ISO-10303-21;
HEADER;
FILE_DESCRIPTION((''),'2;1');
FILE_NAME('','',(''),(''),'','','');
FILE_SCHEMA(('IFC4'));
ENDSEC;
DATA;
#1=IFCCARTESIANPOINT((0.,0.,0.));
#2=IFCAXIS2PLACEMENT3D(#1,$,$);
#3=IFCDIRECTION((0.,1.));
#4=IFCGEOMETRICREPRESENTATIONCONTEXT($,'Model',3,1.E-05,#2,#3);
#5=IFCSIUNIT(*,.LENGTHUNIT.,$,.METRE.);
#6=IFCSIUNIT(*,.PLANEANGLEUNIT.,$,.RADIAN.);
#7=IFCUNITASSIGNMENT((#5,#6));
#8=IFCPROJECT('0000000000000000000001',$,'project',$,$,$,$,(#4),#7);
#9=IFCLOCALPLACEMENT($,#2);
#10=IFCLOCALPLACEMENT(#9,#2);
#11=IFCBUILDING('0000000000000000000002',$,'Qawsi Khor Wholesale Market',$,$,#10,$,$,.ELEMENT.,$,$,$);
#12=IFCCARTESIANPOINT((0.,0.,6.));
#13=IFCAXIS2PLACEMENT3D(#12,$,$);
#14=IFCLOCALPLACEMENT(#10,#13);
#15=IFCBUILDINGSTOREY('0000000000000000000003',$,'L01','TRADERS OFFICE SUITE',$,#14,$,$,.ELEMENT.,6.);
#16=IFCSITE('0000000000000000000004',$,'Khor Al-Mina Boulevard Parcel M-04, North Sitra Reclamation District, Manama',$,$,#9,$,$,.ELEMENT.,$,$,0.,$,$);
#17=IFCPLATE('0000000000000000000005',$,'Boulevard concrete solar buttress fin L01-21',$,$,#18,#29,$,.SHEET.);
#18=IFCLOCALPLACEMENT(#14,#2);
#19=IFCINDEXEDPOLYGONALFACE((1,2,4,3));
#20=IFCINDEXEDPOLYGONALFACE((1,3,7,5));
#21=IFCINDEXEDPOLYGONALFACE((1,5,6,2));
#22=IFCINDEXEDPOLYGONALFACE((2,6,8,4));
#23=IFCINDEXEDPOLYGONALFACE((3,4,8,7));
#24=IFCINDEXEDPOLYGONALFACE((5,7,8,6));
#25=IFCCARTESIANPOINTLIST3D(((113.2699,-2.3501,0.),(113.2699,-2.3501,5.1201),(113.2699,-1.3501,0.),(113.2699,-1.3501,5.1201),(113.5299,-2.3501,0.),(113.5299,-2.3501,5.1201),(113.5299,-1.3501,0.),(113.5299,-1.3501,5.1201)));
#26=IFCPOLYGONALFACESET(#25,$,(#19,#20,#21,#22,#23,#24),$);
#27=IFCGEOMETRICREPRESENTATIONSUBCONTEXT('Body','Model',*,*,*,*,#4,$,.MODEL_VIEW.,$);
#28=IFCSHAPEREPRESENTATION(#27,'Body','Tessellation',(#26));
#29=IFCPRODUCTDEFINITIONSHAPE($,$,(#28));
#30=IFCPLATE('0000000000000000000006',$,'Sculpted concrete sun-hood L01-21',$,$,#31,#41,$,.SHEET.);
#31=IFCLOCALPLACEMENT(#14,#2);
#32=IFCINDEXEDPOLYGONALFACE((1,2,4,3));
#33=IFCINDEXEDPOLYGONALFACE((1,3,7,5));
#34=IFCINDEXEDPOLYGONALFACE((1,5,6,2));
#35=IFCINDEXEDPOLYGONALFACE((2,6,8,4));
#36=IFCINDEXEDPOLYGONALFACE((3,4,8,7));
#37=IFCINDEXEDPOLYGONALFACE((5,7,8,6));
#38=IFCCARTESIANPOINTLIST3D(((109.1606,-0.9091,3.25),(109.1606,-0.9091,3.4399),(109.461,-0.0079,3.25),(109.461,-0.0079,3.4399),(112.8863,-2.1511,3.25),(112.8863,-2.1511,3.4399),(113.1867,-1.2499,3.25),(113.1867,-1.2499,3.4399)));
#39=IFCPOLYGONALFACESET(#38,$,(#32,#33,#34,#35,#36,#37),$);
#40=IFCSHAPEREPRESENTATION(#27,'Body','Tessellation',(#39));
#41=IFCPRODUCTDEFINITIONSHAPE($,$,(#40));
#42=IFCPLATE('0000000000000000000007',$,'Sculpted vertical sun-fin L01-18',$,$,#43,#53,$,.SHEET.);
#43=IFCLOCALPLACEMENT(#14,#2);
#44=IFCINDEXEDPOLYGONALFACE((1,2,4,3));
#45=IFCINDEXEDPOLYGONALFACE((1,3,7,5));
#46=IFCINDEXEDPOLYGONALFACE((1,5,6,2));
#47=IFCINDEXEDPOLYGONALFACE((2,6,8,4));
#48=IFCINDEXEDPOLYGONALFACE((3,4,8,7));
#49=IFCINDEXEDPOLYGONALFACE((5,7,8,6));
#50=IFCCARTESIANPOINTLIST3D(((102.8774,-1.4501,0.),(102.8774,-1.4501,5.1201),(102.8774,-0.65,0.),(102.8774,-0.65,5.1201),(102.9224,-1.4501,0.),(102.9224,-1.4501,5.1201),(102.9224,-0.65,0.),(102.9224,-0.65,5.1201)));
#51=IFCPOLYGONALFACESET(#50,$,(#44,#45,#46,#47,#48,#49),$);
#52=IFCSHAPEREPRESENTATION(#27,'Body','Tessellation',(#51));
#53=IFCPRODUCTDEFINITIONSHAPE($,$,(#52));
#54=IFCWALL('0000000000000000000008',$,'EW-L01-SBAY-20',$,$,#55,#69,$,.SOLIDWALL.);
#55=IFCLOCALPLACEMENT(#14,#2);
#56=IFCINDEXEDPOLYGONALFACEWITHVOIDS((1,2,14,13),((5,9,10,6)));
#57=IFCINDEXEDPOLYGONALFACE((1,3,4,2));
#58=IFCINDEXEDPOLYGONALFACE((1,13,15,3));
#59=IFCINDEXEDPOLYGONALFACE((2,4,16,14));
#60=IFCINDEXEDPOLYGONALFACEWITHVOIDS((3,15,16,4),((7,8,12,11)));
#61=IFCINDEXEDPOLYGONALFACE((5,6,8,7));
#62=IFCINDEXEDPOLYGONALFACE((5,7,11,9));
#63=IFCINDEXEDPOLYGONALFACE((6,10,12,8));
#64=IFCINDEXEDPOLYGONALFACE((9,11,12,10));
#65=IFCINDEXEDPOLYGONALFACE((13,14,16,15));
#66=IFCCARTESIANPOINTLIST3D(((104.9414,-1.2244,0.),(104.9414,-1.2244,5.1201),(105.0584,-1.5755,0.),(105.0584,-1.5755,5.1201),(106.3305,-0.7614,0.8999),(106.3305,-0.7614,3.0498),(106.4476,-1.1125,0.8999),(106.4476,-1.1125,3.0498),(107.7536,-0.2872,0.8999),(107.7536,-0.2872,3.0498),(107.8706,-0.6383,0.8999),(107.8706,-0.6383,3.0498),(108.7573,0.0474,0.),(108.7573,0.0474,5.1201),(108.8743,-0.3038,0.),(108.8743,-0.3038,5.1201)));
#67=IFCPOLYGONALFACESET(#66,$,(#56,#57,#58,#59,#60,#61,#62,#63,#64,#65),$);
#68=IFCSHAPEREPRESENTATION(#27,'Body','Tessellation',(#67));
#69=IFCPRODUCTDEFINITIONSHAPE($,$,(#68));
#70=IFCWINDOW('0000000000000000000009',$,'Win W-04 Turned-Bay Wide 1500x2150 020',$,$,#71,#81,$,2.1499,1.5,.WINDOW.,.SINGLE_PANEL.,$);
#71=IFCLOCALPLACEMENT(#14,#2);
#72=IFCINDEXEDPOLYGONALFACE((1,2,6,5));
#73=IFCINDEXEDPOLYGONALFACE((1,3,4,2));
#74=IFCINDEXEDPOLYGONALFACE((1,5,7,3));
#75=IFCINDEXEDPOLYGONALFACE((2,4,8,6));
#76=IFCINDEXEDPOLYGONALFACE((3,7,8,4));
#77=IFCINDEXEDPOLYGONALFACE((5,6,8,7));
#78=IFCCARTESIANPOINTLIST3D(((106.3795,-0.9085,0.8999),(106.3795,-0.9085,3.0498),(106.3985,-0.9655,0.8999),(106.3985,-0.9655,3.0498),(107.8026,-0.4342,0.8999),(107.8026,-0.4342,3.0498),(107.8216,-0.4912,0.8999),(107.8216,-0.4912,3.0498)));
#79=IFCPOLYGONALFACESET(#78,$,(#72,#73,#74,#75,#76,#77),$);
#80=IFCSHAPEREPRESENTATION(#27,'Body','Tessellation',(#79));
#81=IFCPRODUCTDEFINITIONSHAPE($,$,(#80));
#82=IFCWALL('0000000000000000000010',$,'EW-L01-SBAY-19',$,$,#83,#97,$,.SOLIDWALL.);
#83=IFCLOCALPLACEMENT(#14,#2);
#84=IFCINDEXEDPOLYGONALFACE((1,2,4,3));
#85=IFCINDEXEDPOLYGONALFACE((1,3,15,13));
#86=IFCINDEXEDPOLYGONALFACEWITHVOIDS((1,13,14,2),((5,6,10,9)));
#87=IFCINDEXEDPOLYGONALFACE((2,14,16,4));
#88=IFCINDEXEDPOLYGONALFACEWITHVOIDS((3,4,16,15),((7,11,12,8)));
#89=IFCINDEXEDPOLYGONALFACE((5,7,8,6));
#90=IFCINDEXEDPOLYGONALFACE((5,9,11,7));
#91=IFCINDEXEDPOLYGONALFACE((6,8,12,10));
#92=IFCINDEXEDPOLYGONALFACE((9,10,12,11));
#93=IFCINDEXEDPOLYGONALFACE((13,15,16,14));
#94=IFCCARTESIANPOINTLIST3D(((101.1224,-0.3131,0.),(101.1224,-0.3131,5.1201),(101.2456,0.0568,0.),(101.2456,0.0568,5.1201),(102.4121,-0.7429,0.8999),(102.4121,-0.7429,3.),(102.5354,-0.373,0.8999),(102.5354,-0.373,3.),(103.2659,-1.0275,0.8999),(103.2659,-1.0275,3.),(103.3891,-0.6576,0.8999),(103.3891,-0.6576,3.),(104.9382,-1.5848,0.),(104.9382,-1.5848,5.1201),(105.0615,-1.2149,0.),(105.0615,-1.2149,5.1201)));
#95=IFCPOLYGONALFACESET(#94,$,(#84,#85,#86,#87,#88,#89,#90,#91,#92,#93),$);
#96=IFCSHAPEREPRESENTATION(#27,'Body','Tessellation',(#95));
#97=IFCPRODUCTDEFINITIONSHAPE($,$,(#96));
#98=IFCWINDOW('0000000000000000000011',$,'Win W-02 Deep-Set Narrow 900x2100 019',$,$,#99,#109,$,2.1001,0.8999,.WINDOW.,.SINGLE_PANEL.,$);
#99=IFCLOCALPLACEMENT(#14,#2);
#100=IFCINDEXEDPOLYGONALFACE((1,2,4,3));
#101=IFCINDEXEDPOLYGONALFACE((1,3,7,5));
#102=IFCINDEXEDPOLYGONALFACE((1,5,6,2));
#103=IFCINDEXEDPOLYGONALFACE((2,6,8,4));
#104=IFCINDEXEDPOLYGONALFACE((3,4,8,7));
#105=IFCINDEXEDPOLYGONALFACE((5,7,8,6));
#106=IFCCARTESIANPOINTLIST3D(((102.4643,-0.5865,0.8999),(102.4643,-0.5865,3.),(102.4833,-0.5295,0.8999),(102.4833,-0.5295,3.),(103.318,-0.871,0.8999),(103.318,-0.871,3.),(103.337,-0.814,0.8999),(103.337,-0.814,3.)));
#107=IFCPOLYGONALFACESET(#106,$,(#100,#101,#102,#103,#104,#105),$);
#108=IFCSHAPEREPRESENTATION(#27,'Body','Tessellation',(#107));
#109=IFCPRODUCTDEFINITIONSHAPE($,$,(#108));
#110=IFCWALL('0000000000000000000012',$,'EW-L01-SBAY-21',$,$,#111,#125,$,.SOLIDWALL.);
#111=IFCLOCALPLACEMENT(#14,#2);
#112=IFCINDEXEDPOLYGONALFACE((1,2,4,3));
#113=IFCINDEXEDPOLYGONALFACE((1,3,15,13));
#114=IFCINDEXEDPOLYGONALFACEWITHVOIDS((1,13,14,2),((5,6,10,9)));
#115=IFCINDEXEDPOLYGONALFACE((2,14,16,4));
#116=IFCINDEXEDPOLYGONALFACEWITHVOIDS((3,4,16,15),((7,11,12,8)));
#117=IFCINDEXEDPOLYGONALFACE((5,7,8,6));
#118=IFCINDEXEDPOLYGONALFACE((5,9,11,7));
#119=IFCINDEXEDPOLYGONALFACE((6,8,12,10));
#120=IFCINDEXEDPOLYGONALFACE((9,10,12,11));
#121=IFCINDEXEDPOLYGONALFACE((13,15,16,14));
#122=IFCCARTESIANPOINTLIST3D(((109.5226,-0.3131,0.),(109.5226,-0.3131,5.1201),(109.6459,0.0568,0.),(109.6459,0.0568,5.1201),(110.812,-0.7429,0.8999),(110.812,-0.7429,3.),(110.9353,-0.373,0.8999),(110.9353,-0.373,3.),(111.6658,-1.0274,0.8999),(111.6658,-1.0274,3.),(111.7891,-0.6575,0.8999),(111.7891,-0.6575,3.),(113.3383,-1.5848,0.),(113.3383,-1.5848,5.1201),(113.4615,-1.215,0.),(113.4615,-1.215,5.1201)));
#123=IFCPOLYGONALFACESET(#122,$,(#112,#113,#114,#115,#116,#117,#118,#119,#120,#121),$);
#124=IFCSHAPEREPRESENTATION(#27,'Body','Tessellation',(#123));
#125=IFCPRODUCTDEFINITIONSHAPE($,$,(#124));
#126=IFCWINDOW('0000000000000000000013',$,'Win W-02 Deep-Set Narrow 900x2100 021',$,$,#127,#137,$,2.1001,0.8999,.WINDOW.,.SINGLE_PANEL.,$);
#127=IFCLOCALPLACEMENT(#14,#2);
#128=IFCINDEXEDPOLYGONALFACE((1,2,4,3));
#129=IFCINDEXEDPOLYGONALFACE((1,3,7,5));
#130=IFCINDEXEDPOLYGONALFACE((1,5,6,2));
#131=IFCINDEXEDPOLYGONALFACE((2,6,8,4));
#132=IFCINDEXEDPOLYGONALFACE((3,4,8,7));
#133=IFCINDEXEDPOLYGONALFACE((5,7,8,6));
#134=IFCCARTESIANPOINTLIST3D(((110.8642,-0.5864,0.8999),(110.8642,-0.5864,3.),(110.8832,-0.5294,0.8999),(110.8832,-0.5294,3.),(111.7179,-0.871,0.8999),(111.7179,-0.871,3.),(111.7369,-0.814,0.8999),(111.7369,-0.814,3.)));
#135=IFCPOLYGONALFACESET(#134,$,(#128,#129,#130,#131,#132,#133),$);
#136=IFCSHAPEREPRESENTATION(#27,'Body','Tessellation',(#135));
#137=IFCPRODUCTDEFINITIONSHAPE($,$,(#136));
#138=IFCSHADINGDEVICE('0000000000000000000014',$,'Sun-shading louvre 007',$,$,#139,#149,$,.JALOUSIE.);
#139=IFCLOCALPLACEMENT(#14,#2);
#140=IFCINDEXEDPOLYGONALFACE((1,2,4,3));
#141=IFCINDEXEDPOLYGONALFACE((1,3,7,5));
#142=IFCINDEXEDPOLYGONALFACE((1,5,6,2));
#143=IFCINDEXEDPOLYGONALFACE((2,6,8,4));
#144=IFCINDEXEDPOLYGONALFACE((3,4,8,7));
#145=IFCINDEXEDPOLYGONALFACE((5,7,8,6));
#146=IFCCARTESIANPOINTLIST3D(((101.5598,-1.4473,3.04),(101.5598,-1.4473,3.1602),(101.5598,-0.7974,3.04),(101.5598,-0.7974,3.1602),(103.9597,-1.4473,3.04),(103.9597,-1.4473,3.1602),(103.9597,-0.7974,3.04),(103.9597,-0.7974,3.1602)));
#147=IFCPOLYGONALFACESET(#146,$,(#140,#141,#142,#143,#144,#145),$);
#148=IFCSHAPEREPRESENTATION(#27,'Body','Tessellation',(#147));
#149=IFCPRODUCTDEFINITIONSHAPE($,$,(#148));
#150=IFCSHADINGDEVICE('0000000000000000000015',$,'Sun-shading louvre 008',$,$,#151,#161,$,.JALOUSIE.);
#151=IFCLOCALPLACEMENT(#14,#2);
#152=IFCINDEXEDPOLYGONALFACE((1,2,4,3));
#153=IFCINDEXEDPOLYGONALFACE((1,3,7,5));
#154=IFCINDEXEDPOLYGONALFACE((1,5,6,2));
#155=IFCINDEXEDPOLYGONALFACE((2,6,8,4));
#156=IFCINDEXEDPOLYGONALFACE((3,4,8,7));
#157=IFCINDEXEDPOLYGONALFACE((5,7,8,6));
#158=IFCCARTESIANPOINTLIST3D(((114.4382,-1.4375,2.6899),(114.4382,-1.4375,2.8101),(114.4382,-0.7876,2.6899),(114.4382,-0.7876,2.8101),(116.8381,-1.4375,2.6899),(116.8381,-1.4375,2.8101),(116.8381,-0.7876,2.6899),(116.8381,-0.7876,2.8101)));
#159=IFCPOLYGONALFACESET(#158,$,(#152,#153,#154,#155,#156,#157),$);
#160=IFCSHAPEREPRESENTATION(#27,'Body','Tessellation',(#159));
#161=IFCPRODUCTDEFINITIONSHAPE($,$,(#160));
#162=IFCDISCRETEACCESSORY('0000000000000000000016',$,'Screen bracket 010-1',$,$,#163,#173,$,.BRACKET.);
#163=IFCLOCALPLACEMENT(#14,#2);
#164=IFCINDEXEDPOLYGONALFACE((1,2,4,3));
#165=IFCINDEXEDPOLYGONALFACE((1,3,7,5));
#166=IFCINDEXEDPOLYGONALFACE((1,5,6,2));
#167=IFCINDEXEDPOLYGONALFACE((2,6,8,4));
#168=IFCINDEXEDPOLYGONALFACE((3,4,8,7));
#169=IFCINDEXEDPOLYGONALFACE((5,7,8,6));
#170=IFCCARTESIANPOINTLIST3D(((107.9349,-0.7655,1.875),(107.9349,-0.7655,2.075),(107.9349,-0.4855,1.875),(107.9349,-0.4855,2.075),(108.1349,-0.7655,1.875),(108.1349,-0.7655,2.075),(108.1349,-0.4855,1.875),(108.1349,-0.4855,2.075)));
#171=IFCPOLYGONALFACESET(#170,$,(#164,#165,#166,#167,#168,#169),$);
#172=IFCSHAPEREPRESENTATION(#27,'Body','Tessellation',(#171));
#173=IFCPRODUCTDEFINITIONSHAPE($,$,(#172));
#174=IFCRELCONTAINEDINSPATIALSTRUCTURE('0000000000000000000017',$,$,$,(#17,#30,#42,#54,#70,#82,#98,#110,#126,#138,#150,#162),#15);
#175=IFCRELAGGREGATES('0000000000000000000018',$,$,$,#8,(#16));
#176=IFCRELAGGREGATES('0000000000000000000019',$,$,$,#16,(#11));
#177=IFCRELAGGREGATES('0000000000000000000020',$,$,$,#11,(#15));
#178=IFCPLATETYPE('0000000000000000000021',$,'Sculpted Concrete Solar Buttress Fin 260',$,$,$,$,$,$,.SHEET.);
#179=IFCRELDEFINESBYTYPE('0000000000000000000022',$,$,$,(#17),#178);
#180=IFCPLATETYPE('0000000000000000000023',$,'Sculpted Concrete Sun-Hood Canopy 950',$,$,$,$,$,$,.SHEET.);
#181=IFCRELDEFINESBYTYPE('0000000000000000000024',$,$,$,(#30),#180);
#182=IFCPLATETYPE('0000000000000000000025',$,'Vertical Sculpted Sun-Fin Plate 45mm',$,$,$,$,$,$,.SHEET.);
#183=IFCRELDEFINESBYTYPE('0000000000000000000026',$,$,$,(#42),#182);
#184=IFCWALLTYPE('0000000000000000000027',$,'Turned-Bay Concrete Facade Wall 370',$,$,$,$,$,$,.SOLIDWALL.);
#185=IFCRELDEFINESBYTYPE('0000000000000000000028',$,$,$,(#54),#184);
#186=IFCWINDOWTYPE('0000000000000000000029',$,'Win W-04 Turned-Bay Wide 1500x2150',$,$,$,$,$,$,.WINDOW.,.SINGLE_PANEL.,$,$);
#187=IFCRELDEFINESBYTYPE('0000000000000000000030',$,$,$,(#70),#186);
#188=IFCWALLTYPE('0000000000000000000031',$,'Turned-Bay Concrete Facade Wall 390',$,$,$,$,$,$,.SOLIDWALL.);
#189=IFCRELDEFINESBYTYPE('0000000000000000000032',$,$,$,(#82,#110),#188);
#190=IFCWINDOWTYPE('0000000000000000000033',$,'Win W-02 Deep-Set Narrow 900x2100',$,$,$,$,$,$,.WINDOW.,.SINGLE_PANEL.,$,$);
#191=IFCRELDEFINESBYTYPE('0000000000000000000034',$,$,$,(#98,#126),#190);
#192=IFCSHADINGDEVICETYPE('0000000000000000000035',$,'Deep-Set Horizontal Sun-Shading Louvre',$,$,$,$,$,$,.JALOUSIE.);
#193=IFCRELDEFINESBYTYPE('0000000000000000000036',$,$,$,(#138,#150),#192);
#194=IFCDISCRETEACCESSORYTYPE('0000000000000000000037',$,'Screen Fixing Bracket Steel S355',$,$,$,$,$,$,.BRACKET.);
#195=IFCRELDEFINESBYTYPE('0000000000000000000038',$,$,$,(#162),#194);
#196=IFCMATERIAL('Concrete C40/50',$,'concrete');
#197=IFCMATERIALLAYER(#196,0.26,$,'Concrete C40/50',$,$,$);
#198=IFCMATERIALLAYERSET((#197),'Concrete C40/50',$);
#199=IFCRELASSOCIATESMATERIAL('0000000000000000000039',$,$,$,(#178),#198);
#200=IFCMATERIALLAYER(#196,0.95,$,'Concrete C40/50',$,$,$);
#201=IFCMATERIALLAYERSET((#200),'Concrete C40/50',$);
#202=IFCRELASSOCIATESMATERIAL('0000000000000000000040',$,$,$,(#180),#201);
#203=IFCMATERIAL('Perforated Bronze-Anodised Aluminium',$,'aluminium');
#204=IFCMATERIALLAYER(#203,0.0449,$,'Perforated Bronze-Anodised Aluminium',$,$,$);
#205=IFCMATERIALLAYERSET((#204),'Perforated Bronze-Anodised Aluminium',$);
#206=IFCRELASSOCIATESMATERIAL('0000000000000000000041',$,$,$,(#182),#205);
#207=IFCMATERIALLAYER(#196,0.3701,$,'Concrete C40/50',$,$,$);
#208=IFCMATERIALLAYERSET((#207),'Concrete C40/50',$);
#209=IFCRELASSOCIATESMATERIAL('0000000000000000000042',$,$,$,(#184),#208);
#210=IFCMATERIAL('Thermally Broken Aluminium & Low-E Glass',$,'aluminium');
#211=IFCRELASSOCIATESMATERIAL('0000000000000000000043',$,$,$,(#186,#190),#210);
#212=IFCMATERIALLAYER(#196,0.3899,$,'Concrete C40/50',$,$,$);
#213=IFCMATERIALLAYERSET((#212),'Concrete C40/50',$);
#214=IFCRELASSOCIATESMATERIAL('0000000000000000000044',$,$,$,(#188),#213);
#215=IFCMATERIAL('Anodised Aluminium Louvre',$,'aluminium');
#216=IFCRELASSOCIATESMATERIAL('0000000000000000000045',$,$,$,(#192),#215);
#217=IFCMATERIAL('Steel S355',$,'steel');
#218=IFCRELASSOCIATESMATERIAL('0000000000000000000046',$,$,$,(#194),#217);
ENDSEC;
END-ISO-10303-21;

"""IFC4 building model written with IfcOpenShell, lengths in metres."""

from ifc_helpers import new_model, si_unit, direction, frame, frame_2d, origin, origin_2d, place, context, subcontext, project, spatial, rectangle, extrude, material, layer, layer_set, type_object, element, fill, save


model = new_model("IFC4")

# Units and contexts
model_context = context("Model", 3, precision=1e-05, world=origin(), true_north=direction((0.0, 1.0)))
body_context = subcontext(model_context, "Body", "Model", "MODEL_VIEW")
ifc_project = project(units=[si_unit("LENGTHUNIT", "METRE"), si_unit("PLANEANGLEUNIT", "RADIAN")], contexts=[model_context])

# Site, building, storey
site_placement = place(None, origin())
site = spatial("IfcSite", under=ifc_project, at=site_placement, Name="Khor Al-Mina Boulevard Parcel M-04, North Sitra Reclamation District, Manama", CompositionType="ELEMENT", RefElevation=0.0)
building_placement = place(site_placement, origin())
building = spatial("IfcBuilding", under=site, at=building_placement, Name="Qawsi Khor Wholesale Market", CompositionType="ELEMENT")
storey_placement = place(building_placement, frame((0.0, 0.0, 6.0)))
storey = spatial("IfcBuildingStorey", under=building, at=storey_placement, Name="L01", Description="TRADERS OFFICE SUITE", CompositionType="ELEMENT", Elevation=6.0)

# Shared definitions
ifc_material_1 = material(Name="Steel S355", Category="steel")

# Shared definitions
ifc_material_2 = material(Name="Concrete C40/50", Category="concrete")

# Plates
ifc_material_3 = material(Name="Perforated Bronze-Anodised Aluminium", Category="aluminium")
ifc_layer_1 = layer(ifc_material_2, 0.26, Name="Concrete C40/50")
ifc_layer_set_1 = layer_set([ifc_layer_1], Name="Concrete C40/50")
plate_type_1 = type_object("IfcPlateType", Name="Sculpted Concrete Solar Buttress Fin 260", PredefinedType="SHEET", material=ifc_layer_set_1)
plate_1_placement = place(storey_placement, frame((113.3999, -2.3501, 0.0), z_axis=(0.0, 0.0, 1.0), x_axis=(0.0, 1.0, 0.0)))
element("IfcPlate", 1, at=plate_1_placement, inside=storey, type_object=plate_type_1, Name="Boulevard concrete solar buttress fin L01-21", PredefinedType="SHEET", context=body_context, shape_type="SweptSolid", body=[
    extrude(rectangle(XDim=1.0, YDim=0.26, at=frame_2d((0.5, 0.0))), origin(), (0.0, 0.0, 1.0), 5.1201),
])
ifc_layer_2 = layer(ifc_material_2, 0.95, Name="Concrete C40/50")
ifc_layer_set_2 = layer_set([ifc_layer_2], Name="Concrete C40/50")
plate_type_2 = type_object("IfcPlateType", Name="Sculpted Concrete Sun-Hood Canopy 950", PredefinedType="SHEET", material=ifc_layer_set_2)
plate_2_placement = place(storey_placement, frame((109.3108, -0.4585, 3.25), z_axis=(0.0, 0.0, 1.0), x_axis=(0.948677, -0.316246, 0.0)))
element("IfcPlate", 2, at=plate_2_placement, inside=storey, type_object=plate_type_2, Name="Sculpted concrete sun-hood L01-21", PredefinedType="SHEET", context=body_context, shape_type="SweptSolid", body=[
    extrude(rectangle(XDim=3.9272, YDim=0.95, at=frame_2d((1.9636, 0.0))), origin(), (0.0, 0.0, 1.0), 0.1899),
])
ifc_layer_3 = layer(ifc_material_3, 0.0449, Name="Perforated Bronze-Anodised Aluminium")
ifc_layer_set_3 = layer_set([ifc_layer_3], Name="Perforated Bronze-Anodised Aluminium")
plate_type_3 = type_object("IfcPlateType", Name="Vertical Sculpted Sun-Fin Plate 45mm", PredefinedType="SHEET", material=ifc_layer_set_3)
plate_3_placement = place(storey_placement, frame((102.8999, -1.45, 0.0), z_axis=(0.0, 0.0, 1.0), x_axis=(0.0, 1.0, 0.0)))
element("IfcPlate", 3, at=plate_3_placement, inside=storey, type_object=plate_type_3, Name="Sculpted vertical sun-fin L01-18", PredefinedType="SHEET", context=body_context, shape_type="SweptSolid", body=[
    extrude(rectangle(XDim=0.8, YDim=0.0449, at=frame_2d((0.3999, 0.0))), origin(), (0.0, 0.0, 1.0), 5.1201),
])

# Walls, openings, windows
ifc_layer_4 = layer(ifc_material_2, 0.3701, Name="Concrete C40/50")
ifc_layer_set_4 = layer_set([ifc_layer_4], Name="Concrete C40/50")
wall_type_1 = type_object("IfcWallType", Name="Turned-Bay Concrete Facade Wall 370", PredefinedType="SOLIDWALL", material=ifc_layer_set_4)
wall_1_placement = place(storey_placement, frame((108.8159, -0.1282, 0.0), z_axis=(0.0, 0.0, 1.0), x_axis=(-0.948702, -0.316173, 0.0)))
wall_1 = element("IfcWall", 4, at=wall_1_placement, inside=storey, type_object=wall_type_1, Name="EW-L01-SBAY-20", PredefinedType="SOLIDWALL", context=body_context, shape_type="SweptSolid", body=[
    extrude(rectangle(XDim=4.0222, YDim=0.3701, at=frame_2d((2.0112, 0.0))), origin(), (0.0, 0.0, 1.0), 5.1201),
])
opening_1_placement = place(wall_1_placement, frame((1.0581, 0.0, 0.8999)))
opening_1 = element("IfcOpeningElement", 5, at=opening_1_placement, cuts=wall_1, PredefinedType="OPENING", context=body_context, shape_type="SweptSolid", body=[
    extrude(rectangle(XDim=1.5, YDim=2.1499, at=frame_2d((0.75, 1.075))), frame((0.0, 0.1951, 0.0), z_axis=(0.0, -1.0, 0.0), x_axis=(1.0, 0.0, 0.0)), (0.0, 0.0, 1.0), 0.3901),
])
ifc_material_4 = material(Name="Thermally Broken Aluminium & Low-E Glass", Category="aluminium")
window_type_1 = type_object("IfcWindowType", Name="Win W-04 Turned-Bay Wide 1500x2150", PartitioningType="SINGLE_PANEL", PredefinedType="WINDOW", material=ifc_material_4)
window_1_placement = place(opening_1_placement, origin())
window_1 = element("IfcWindow", 6, at=window_1_placement, inside=storey, type_object=window_type_1, Name="Win W-04 Turned-Bay Wide 1500x2150 020", OverallHeight=2.1499, OverallWidth=1.5, PartitioningType="SINGLE_PANEL", PredefinedType="WINDOW", context=body_context, shape_type="SweptSolid", body=[
    extrude(rectangle(XDim=1.5, YDim=2.1499, at=frame_2d((0.75, 1.075))), frame((0.0, 0.03, 0.0), z_axis=(0.0, -1.0, 0.0), x_axis=(1.0, 0.0, 0.0)), (0.0, 0.0, 1.0), 0.0601),
])
fill(opening_1, window_1)
ifc_layer_5 = layer(ifc_material_2, 0.3899, Name="Concrete C40/50")
ifc_layer_set_5 = layer_set([ifc_layer_5], Name="Concrete C40/50")
wall_type_2 = type_object("IfcWallType", Name="Turned-Bay Concrete Facade Wall 390", PredefinedType="SOLIDWALL", material=ifc_layer_set_5)
wall_2_placement = place(storey_placement, frame((105.0, -1.3999, 0.0), z_axis=(0.0, 0.0, 1.0), x_axis=(-0.948702, 0.316173, 0.0)))
wall_2 = element("IfcWall", 7, at=wall_2_placement, inside=storey, type_object=wall_type_2, Name="EW-L01-SBAY-19", PredefinedType="SOLIDWALL", context=body_context, shape_type="SweptSolid", body=[
    extrude(rectangle(XDim=4.0222, YDim=0.3899, at=frame_2d((2.0112, 0.0))), origin(), (0.0, 0.0, 1.0), 5.1201),
])
opening_2_placement = place(wall_2_placement, frame((1.7629, 0.0, 0.8999)))
opening_2 = element("IfcOpeningElement", 8, at=opening_2_placement, cuts=wall_2, PredefinedType="OPENING", context=body_context, shape_type="SweptSolid", body=[
    extrude(rectangle(XDim=0.8999, YDim=2.1001, at=frame_2d((0.45, 1.05))), frame((0.0, 0.2048, 0.0), z_axis=(0.0, -1.0, 0.0), x_axis=(1.0, 0.0, 0.0)), (0.0, 0.0, 1.0), 0.4099),
])
window_type_2 = type_object("IfcWindowType", Name="Win W-02 Deep-Set Narrow 900x2100", PartitioningType="SINGLE_PANEL", PredefinedType="WINDOW", material=ifc_material_4)
window_2_placement = place(opening_2_placement, origin())
window_2 = element("IfcWindow", 9, at=window_2_placement, inside=storey, type_object=window_type_2, Name="Win W-02 Deep-Set Narrow 900x2100 019", OverallHeight=2.1001, OverallWidth=0.8999, PartitioningType="SINGLE_PANEL", PredefinedType="WINDOW", context=body_context, shape_type="SweptSolid", body=[
    extrude(rectangle(XDim=0.8999, YDim=2.1001, at=frame_2d((0.45, 1.05))), frame((0.0, 0.03, 0.0), z_axis=(0.0, -1.0, 0.0), x_axis=(1.0, 0.0, 0.0)), (0.0, 0.0, 1.0), 0.0601),
])
fill(opening_2, window_2)
wall_3_placement = place(storey_placement, frame((113.3999, -1.3999, 0.0), z_axis=(0.0, 0.0, 1.0), x_axis=(-0.948695, 0.316191, 0.0)))
wall_3 = element("IfcWall", 10, at=wall_3_placement, inside=storey, type_object=wall_type_2, Name="EW-L01-SBAY-21", PredefinedType="SOLIDWALL", context=body_context, shape_type="SweptSolid", body=[
    extrude(rectangle(XDim=4.022, YDim=0.3899, at=frame_2d((2.011, 0.0))), origin(), (0.0, 0.0, 1.0), 5.1201),
])
opening_3_placement = place(wall_3_placement, frame((1.7629, 0.0, 0.8999)))
opening_3 = element("IfcOpeningElement", 11, at=opening_3_placement, cuts=wall_3, PredefinedType="OPENING", context=body_context, shape_type="SweptSolid", body=[
    extrude(rectangle(XDim=0.8999, YDim=2.1001, at=frame_2d((0.45, 1.05))), frame((0.0, 0.2048, 0.0), z_axis=(0.0, -1.0, 0.0), x_axis=(1.0, 0.0, 0.0)), (0.0, 0.0, 1.0), 0.4099),
])
window_3_placement = place(opening_3_placement, origin())
window_3 = element("IfcWindow", 12, at=window_3_placement, inside=storey, type_object=window_type_2, Name="Win W-02 Deep-Set Narrow 900x2100 021", OverallHeight=2.1001, OverallWidth=0.8999, PartitioningType="SINGLE_PANEL", PredefinedType="WINDOW", context=body_context, shape_type="SweptSolid", body=[
    extrude(rectangle(XDim=0.8999, YDim=2.1001, at=frame_2d((0.45, 1.05))), frame((0.0, 0.03, 0.0), z_axis=(0.0, -1.0, 0.0), x_axis=(1.0, 0.0, 0.0)), (0.0, 0.0, 1.0), 0.0601),
])
fill(opening_3, window_3)

# Shading devices
ifc_material_5 = material(Name="Anodised Aluminium Louvre", Category="aluminium")
shading_device_type = type_object("IfcShadingDeviceType", Name="Deep-Set Horizontal Sun-Shading Louvre", PredefinedType="JALOUSIE", material=ifc_material_5)
for number, where, z_axis, x_axis, name in (
    (13, (102.7598, -1.1223, 3.04), (0.0, 0.0, 1.0), (1.0, 0.0, 0.0), "Sun-shading louvre 007"),
    (14, (115.6382, -1.1125, 2.6899), (0.0, 0.0, 1.0), (1.0, 0.0, 0.0), "Sun-shading louvre 008"),
):
    element("IfcShadingDevice", number, at=place(storey_placement, frame(where, z_axis=z_axis, x_axis=x_axis)), inside=storey, type_object=shading_device_type, Name=name, PredefinedType="JALOUSIE", context=body_context, shape_type="SweptSolid", body=[
        extrude(rectangle(XDim=2.3999, YDim=0.6499, at=origin_2d()), origin(), (0.0, 0.0, 1.0), 0.1201),
    ])

# Discrete accessory
discrete_accessory_type = type_object("IfcDiscreteAccessoryType", Name="Screen Fixing Bracket Steel S355", PredefinedType="BRACKET", material=ifc_material_1)
for number, where, z_axis, x_axis, name in (
    (15, (108.0349, -0.6255, 1.875), (0.0, 0.0, 1.0), (1.0, 0.0, 0.0), "Screen bracket 010-1"),
):
    element("IfcDiscreteAccessory", number, at=place(storey_placement, frame(where, z_axis=z_axis, x_axis=x_axis)), inside=storey, type_object=discrete_accessory_type, Name=name, PredefinedType="BRACKET", context=body_context, shape_type="SweptSolid", body=[
        extrude(rectangle(XDim=0.2, YDim=0.28, at=origin_2d()), origin(), (0.0, 0.0, 1.0), 0.2),
    ])

save(model, "model.ifc")
